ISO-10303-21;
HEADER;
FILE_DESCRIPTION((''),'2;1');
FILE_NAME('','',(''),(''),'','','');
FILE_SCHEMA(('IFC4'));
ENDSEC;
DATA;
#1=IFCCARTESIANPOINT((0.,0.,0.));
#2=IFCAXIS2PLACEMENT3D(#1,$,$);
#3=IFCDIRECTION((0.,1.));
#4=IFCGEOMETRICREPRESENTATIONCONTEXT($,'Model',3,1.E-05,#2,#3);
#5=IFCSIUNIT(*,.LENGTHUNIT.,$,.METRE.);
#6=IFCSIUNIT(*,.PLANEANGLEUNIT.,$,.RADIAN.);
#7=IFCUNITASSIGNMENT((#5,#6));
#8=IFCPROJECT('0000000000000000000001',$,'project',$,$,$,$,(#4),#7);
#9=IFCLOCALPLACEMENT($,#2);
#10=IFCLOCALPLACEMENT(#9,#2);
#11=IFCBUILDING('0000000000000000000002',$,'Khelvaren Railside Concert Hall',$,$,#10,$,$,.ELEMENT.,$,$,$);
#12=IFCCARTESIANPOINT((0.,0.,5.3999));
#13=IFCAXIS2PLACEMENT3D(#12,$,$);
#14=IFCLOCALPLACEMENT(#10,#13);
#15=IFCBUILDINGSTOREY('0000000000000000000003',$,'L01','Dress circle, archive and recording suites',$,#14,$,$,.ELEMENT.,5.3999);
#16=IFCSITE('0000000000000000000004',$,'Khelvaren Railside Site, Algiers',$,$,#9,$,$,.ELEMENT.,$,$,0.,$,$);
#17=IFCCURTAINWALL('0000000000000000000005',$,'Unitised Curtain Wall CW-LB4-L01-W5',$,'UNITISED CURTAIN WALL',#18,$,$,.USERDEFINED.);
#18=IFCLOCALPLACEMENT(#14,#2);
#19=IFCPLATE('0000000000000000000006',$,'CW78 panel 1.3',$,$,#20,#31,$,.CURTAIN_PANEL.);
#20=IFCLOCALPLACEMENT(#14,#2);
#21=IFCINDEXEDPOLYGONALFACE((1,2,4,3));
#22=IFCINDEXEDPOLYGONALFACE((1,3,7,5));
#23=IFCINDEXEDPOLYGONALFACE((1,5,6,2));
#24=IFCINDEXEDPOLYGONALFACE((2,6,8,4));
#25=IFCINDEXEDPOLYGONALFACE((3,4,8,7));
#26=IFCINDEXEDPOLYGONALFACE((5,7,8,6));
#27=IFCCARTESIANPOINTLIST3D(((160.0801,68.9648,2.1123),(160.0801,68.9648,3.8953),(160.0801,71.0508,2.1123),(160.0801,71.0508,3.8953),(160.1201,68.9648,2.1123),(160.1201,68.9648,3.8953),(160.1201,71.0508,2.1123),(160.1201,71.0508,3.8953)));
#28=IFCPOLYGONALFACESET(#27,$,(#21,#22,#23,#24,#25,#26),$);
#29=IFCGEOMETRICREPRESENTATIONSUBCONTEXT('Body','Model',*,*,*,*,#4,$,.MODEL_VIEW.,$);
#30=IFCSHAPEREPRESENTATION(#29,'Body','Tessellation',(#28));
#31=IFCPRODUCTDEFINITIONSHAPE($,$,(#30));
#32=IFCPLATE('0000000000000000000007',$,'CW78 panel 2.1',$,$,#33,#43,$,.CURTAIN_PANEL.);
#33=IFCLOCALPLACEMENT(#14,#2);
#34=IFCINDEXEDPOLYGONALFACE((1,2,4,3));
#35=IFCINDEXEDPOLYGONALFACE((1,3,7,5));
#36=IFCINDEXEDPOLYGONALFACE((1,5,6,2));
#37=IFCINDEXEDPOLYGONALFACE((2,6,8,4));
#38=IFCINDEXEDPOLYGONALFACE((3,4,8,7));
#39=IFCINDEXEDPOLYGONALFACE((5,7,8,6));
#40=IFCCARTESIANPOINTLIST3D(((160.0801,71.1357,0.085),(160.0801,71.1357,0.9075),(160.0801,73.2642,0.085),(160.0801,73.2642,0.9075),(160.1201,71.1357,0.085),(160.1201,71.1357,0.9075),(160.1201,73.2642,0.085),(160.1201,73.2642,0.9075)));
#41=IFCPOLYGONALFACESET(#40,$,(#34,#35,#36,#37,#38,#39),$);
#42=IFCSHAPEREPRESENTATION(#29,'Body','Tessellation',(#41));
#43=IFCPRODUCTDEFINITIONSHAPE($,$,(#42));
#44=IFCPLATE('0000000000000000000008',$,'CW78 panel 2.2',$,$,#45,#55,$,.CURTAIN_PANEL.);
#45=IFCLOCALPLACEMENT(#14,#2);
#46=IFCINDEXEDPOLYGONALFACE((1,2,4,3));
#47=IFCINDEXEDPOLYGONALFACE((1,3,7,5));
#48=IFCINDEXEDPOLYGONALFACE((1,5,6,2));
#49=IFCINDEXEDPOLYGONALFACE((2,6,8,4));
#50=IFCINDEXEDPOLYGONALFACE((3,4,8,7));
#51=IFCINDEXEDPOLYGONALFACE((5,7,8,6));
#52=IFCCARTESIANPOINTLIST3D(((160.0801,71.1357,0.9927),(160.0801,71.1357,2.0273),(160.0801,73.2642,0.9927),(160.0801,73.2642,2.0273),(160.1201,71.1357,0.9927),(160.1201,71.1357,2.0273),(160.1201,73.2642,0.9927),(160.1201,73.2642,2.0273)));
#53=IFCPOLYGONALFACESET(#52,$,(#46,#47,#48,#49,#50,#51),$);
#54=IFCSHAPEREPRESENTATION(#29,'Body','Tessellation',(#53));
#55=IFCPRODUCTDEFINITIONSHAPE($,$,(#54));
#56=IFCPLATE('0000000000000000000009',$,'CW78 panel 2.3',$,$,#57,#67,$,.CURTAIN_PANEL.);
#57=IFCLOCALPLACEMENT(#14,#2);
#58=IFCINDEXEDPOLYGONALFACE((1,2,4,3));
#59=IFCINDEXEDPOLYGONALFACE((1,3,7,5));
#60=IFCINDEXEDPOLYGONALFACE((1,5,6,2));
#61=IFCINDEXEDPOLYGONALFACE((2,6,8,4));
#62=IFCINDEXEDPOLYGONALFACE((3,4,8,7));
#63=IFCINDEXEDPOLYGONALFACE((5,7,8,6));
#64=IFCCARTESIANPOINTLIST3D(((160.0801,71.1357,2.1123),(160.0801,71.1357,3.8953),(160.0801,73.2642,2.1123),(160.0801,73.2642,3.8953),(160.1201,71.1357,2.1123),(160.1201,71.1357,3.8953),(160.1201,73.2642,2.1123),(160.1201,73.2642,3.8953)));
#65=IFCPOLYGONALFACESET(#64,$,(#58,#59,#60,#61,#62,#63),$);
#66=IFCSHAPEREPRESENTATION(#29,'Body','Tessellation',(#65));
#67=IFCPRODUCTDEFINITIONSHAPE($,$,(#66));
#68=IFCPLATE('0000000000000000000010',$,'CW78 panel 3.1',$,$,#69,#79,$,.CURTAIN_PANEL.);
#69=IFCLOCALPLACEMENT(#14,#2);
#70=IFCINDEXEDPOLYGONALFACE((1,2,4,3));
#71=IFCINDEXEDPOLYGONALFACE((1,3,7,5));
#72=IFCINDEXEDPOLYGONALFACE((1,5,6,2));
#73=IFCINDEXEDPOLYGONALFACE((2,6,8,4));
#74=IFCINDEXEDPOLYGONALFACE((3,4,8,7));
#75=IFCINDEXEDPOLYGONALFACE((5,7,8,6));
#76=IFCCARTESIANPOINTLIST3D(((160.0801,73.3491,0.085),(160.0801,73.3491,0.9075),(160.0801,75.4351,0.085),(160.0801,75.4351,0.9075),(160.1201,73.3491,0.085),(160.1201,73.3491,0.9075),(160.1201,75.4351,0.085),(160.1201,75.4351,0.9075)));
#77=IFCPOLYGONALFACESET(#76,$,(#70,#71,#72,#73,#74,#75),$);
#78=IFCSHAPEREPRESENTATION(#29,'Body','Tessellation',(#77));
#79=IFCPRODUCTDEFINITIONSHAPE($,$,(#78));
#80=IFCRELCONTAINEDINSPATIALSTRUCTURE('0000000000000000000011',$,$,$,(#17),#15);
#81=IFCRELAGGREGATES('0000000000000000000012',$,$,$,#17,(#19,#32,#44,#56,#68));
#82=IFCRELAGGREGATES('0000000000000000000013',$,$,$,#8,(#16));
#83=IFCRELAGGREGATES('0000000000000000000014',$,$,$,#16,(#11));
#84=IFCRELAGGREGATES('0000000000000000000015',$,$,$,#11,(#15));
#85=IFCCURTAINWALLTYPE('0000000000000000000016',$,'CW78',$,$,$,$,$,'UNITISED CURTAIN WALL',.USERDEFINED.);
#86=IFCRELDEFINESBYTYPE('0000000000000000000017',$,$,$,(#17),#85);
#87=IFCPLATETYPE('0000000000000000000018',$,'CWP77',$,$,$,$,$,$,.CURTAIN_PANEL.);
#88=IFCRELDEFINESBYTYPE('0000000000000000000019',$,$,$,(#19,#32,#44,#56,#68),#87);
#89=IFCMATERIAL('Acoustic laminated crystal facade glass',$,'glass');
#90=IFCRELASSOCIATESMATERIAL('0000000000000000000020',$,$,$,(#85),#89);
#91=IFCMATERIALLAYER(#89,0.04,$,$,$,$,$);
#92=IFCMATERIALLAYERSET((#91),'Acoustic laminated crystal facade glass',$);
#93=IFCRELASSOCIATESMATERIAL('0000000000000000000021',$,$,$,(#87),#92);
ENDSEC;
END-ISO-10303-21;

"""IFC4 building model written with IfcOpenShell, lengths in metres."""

from ifc_helpers import new_model, si_unit, direction, frame, origin, origin_2d, place, context, subcontext, project, spatial, rectangle, extrude, material, layer, layer_set, type_object, element, aggregate, save


model = new_model("IFC4")

# Units and contexts
model_context = context("Model", 3, precision=1e-05, world=origin(), true_north=direction((0.0, 1.0)))
body_context = subcontext(model_context, "Body", "Model", "MODEL_VIEW")
ifc_project = project(units=[si_unit("LENGTHUNIT", "METRE"), si_unit("PLANEANGLEUNIT", "RADIAN")], contexts=[model_context])

# Site, building, storey
site_placement = place(None, origin())
site = spatial("IfcSite", under=ifc_project, at=site_placement, Name="Khelvaren Railside Site, Algiers", CompositionType="ELEMENT", RefElevation=0.0)
building_placement = place(site_placement, origin())
building = spatial("IfcBuilding", under=site, at=building_placement, Name="Khelvaren Railside Concert Hall", CompositionType="ELEMENT")
storey_placement = place(building_placement, frame((0.0, 0.0, 5.3999)))
storey = spatial("IfcBuildingStorey", under=building, at=storey_placement, Name="L01", Description="Dress circle, archive and recording suites", CompositionType="ELEMENT", Elevation=5.3999)

# Shared definitions
ifc_material_1 = material(Name="Acoustic laminated crystal facade glass", Category="glass")
curtain_wall_type = type_object("IfcCurtainWallType", Name="CW78", ElementType="UNITISED CURTAIN WALL", PredefinedType="USERDEFINED", material=ifc_material_1)

# Curtain wall
curtain_wall_1_placement = place(storey_placement, origin())
curtain_wall_1 = element("IfcCurtainWall", 1, at=curtain_wall_1_placement, inside=storey, type_object=curtain_wall_type, Name="Unitised Curtain Wall CW-LB4-L01-W5", ObjectType="UNITISED CURTAIN WALL", PredefinedType="USERDEFINED")

# Plates
ifc_layer = layer(ifc_material_1, 0.04)
ifc_layer_set = layer_set([ifc_layer], Name="Acoustic laminated crystal facade glass")
plate_type = type_object("IfcPlateType", Name="CWP77", PredefinedType="CURTAIN_PANEL", material=ifc_layer_set)
plate_1_placement = place(storey_placement, frame((160.1001, 70.0078, 2.1123), z_axis=(0.0, 0.0, 1.0), x_axis=(0.0, 1.0, 0.0)))
plate_1 = element("IfcPlate", 2, at=plate_1_placement, type_object=plate_type, Name="CW78 panel 1.3", PredefinedType="CURTAIN_PANEL", context=body_context, shape_type="SweptSolid", body=[
    extrude(rectangle(XDim=2.0859, YDim=0.04, at=origin_2d()), origin(), (0.0, 0.0, 1.0), 1.783),
])
plate_2_placement = place(storey_placement, frame((160.1001, 72.2, 0.085), z_axis=(0.0, 0.0, 1.0), x_axis=(0.0, 1.0, 0.0)))
plate_2 = element("IfcPlate", 3, at=plate_2_placement, type_object=plate_type, Name="CW78 panel 2.1", PredefinedType="CURTAIN_PANEL", context=body_context, shape_type="SweptSolid", body=[
    extrude(rectangle(XDim=2.1284, YDim=0.04, at=origin_2d()), origin(), (0.0, 0.0, 1.0), 0.8225),
])
plate_3_placement = place(storey_placement, frame((160.1001, 72.2, 0.9927), z_axis=(0.0, 0.0, 1.0), x_axis=(0.0, 1.0, 0.0)))
plate_3 = element("IfcPlate", 4, at=plate_3_placement, type_object=plate_type, Name="CW78 panel 2.2", PredefinedType="CURTAIN_PANEL", context=body_context, shape_type="SweptSolid", body=[
    extrude(rectangle(XDim=2.1284, YDim=0.04, at=origin_2d()), origin(), (0.0, 0.0, 1.0), 1.0347),
])
plate_4_placement = place(storey_placement, frame((160.1001, 72.2, 2.1123), z_axis=(0.0, 0.0, 1.0), x_axis=(0.0, 1.0, 0.0)))
plate_4 = element("IfcPlate", 5, at=plate_4_placement, type_object=plate_type, Name="CW78 panel 2.3", PredefinedType="CURTAIN_PANEL", context=body_context, shape_type="SweptSolid", body=[
    extrude(rectangle(XDim=2.1284, YDim=0.04, at=origin_2d()), origin(), (0.0, 0.0, 1.0), 1.783),
])
plate_5_placement = place(storey_placement, frame((160.1001, 74.3921, 0.085), z_axis=(0.0, 0.0, 1.0), x_axis=(0.0, 1.0, 0.0)))
plate_5 = element("IfcPlate", 6, at=plate_5_placement, type_object=plate_type, Name="CW78 panel 3.1", PredefinedType="CURTAIN_PANEL", context=body_context, shape_type="SweptSolid", body=[
    extrude(rectangle(XDim=2.0859, YDim=0.04, at=origin_2d()), origin(), (0.0, 0.0, 1.0), 0.8225),
])
aggregate(curtain_wall_1, [plate_1, plate_2, plate_3, plate_4, plate_5])

save(model, "model.ifc")
